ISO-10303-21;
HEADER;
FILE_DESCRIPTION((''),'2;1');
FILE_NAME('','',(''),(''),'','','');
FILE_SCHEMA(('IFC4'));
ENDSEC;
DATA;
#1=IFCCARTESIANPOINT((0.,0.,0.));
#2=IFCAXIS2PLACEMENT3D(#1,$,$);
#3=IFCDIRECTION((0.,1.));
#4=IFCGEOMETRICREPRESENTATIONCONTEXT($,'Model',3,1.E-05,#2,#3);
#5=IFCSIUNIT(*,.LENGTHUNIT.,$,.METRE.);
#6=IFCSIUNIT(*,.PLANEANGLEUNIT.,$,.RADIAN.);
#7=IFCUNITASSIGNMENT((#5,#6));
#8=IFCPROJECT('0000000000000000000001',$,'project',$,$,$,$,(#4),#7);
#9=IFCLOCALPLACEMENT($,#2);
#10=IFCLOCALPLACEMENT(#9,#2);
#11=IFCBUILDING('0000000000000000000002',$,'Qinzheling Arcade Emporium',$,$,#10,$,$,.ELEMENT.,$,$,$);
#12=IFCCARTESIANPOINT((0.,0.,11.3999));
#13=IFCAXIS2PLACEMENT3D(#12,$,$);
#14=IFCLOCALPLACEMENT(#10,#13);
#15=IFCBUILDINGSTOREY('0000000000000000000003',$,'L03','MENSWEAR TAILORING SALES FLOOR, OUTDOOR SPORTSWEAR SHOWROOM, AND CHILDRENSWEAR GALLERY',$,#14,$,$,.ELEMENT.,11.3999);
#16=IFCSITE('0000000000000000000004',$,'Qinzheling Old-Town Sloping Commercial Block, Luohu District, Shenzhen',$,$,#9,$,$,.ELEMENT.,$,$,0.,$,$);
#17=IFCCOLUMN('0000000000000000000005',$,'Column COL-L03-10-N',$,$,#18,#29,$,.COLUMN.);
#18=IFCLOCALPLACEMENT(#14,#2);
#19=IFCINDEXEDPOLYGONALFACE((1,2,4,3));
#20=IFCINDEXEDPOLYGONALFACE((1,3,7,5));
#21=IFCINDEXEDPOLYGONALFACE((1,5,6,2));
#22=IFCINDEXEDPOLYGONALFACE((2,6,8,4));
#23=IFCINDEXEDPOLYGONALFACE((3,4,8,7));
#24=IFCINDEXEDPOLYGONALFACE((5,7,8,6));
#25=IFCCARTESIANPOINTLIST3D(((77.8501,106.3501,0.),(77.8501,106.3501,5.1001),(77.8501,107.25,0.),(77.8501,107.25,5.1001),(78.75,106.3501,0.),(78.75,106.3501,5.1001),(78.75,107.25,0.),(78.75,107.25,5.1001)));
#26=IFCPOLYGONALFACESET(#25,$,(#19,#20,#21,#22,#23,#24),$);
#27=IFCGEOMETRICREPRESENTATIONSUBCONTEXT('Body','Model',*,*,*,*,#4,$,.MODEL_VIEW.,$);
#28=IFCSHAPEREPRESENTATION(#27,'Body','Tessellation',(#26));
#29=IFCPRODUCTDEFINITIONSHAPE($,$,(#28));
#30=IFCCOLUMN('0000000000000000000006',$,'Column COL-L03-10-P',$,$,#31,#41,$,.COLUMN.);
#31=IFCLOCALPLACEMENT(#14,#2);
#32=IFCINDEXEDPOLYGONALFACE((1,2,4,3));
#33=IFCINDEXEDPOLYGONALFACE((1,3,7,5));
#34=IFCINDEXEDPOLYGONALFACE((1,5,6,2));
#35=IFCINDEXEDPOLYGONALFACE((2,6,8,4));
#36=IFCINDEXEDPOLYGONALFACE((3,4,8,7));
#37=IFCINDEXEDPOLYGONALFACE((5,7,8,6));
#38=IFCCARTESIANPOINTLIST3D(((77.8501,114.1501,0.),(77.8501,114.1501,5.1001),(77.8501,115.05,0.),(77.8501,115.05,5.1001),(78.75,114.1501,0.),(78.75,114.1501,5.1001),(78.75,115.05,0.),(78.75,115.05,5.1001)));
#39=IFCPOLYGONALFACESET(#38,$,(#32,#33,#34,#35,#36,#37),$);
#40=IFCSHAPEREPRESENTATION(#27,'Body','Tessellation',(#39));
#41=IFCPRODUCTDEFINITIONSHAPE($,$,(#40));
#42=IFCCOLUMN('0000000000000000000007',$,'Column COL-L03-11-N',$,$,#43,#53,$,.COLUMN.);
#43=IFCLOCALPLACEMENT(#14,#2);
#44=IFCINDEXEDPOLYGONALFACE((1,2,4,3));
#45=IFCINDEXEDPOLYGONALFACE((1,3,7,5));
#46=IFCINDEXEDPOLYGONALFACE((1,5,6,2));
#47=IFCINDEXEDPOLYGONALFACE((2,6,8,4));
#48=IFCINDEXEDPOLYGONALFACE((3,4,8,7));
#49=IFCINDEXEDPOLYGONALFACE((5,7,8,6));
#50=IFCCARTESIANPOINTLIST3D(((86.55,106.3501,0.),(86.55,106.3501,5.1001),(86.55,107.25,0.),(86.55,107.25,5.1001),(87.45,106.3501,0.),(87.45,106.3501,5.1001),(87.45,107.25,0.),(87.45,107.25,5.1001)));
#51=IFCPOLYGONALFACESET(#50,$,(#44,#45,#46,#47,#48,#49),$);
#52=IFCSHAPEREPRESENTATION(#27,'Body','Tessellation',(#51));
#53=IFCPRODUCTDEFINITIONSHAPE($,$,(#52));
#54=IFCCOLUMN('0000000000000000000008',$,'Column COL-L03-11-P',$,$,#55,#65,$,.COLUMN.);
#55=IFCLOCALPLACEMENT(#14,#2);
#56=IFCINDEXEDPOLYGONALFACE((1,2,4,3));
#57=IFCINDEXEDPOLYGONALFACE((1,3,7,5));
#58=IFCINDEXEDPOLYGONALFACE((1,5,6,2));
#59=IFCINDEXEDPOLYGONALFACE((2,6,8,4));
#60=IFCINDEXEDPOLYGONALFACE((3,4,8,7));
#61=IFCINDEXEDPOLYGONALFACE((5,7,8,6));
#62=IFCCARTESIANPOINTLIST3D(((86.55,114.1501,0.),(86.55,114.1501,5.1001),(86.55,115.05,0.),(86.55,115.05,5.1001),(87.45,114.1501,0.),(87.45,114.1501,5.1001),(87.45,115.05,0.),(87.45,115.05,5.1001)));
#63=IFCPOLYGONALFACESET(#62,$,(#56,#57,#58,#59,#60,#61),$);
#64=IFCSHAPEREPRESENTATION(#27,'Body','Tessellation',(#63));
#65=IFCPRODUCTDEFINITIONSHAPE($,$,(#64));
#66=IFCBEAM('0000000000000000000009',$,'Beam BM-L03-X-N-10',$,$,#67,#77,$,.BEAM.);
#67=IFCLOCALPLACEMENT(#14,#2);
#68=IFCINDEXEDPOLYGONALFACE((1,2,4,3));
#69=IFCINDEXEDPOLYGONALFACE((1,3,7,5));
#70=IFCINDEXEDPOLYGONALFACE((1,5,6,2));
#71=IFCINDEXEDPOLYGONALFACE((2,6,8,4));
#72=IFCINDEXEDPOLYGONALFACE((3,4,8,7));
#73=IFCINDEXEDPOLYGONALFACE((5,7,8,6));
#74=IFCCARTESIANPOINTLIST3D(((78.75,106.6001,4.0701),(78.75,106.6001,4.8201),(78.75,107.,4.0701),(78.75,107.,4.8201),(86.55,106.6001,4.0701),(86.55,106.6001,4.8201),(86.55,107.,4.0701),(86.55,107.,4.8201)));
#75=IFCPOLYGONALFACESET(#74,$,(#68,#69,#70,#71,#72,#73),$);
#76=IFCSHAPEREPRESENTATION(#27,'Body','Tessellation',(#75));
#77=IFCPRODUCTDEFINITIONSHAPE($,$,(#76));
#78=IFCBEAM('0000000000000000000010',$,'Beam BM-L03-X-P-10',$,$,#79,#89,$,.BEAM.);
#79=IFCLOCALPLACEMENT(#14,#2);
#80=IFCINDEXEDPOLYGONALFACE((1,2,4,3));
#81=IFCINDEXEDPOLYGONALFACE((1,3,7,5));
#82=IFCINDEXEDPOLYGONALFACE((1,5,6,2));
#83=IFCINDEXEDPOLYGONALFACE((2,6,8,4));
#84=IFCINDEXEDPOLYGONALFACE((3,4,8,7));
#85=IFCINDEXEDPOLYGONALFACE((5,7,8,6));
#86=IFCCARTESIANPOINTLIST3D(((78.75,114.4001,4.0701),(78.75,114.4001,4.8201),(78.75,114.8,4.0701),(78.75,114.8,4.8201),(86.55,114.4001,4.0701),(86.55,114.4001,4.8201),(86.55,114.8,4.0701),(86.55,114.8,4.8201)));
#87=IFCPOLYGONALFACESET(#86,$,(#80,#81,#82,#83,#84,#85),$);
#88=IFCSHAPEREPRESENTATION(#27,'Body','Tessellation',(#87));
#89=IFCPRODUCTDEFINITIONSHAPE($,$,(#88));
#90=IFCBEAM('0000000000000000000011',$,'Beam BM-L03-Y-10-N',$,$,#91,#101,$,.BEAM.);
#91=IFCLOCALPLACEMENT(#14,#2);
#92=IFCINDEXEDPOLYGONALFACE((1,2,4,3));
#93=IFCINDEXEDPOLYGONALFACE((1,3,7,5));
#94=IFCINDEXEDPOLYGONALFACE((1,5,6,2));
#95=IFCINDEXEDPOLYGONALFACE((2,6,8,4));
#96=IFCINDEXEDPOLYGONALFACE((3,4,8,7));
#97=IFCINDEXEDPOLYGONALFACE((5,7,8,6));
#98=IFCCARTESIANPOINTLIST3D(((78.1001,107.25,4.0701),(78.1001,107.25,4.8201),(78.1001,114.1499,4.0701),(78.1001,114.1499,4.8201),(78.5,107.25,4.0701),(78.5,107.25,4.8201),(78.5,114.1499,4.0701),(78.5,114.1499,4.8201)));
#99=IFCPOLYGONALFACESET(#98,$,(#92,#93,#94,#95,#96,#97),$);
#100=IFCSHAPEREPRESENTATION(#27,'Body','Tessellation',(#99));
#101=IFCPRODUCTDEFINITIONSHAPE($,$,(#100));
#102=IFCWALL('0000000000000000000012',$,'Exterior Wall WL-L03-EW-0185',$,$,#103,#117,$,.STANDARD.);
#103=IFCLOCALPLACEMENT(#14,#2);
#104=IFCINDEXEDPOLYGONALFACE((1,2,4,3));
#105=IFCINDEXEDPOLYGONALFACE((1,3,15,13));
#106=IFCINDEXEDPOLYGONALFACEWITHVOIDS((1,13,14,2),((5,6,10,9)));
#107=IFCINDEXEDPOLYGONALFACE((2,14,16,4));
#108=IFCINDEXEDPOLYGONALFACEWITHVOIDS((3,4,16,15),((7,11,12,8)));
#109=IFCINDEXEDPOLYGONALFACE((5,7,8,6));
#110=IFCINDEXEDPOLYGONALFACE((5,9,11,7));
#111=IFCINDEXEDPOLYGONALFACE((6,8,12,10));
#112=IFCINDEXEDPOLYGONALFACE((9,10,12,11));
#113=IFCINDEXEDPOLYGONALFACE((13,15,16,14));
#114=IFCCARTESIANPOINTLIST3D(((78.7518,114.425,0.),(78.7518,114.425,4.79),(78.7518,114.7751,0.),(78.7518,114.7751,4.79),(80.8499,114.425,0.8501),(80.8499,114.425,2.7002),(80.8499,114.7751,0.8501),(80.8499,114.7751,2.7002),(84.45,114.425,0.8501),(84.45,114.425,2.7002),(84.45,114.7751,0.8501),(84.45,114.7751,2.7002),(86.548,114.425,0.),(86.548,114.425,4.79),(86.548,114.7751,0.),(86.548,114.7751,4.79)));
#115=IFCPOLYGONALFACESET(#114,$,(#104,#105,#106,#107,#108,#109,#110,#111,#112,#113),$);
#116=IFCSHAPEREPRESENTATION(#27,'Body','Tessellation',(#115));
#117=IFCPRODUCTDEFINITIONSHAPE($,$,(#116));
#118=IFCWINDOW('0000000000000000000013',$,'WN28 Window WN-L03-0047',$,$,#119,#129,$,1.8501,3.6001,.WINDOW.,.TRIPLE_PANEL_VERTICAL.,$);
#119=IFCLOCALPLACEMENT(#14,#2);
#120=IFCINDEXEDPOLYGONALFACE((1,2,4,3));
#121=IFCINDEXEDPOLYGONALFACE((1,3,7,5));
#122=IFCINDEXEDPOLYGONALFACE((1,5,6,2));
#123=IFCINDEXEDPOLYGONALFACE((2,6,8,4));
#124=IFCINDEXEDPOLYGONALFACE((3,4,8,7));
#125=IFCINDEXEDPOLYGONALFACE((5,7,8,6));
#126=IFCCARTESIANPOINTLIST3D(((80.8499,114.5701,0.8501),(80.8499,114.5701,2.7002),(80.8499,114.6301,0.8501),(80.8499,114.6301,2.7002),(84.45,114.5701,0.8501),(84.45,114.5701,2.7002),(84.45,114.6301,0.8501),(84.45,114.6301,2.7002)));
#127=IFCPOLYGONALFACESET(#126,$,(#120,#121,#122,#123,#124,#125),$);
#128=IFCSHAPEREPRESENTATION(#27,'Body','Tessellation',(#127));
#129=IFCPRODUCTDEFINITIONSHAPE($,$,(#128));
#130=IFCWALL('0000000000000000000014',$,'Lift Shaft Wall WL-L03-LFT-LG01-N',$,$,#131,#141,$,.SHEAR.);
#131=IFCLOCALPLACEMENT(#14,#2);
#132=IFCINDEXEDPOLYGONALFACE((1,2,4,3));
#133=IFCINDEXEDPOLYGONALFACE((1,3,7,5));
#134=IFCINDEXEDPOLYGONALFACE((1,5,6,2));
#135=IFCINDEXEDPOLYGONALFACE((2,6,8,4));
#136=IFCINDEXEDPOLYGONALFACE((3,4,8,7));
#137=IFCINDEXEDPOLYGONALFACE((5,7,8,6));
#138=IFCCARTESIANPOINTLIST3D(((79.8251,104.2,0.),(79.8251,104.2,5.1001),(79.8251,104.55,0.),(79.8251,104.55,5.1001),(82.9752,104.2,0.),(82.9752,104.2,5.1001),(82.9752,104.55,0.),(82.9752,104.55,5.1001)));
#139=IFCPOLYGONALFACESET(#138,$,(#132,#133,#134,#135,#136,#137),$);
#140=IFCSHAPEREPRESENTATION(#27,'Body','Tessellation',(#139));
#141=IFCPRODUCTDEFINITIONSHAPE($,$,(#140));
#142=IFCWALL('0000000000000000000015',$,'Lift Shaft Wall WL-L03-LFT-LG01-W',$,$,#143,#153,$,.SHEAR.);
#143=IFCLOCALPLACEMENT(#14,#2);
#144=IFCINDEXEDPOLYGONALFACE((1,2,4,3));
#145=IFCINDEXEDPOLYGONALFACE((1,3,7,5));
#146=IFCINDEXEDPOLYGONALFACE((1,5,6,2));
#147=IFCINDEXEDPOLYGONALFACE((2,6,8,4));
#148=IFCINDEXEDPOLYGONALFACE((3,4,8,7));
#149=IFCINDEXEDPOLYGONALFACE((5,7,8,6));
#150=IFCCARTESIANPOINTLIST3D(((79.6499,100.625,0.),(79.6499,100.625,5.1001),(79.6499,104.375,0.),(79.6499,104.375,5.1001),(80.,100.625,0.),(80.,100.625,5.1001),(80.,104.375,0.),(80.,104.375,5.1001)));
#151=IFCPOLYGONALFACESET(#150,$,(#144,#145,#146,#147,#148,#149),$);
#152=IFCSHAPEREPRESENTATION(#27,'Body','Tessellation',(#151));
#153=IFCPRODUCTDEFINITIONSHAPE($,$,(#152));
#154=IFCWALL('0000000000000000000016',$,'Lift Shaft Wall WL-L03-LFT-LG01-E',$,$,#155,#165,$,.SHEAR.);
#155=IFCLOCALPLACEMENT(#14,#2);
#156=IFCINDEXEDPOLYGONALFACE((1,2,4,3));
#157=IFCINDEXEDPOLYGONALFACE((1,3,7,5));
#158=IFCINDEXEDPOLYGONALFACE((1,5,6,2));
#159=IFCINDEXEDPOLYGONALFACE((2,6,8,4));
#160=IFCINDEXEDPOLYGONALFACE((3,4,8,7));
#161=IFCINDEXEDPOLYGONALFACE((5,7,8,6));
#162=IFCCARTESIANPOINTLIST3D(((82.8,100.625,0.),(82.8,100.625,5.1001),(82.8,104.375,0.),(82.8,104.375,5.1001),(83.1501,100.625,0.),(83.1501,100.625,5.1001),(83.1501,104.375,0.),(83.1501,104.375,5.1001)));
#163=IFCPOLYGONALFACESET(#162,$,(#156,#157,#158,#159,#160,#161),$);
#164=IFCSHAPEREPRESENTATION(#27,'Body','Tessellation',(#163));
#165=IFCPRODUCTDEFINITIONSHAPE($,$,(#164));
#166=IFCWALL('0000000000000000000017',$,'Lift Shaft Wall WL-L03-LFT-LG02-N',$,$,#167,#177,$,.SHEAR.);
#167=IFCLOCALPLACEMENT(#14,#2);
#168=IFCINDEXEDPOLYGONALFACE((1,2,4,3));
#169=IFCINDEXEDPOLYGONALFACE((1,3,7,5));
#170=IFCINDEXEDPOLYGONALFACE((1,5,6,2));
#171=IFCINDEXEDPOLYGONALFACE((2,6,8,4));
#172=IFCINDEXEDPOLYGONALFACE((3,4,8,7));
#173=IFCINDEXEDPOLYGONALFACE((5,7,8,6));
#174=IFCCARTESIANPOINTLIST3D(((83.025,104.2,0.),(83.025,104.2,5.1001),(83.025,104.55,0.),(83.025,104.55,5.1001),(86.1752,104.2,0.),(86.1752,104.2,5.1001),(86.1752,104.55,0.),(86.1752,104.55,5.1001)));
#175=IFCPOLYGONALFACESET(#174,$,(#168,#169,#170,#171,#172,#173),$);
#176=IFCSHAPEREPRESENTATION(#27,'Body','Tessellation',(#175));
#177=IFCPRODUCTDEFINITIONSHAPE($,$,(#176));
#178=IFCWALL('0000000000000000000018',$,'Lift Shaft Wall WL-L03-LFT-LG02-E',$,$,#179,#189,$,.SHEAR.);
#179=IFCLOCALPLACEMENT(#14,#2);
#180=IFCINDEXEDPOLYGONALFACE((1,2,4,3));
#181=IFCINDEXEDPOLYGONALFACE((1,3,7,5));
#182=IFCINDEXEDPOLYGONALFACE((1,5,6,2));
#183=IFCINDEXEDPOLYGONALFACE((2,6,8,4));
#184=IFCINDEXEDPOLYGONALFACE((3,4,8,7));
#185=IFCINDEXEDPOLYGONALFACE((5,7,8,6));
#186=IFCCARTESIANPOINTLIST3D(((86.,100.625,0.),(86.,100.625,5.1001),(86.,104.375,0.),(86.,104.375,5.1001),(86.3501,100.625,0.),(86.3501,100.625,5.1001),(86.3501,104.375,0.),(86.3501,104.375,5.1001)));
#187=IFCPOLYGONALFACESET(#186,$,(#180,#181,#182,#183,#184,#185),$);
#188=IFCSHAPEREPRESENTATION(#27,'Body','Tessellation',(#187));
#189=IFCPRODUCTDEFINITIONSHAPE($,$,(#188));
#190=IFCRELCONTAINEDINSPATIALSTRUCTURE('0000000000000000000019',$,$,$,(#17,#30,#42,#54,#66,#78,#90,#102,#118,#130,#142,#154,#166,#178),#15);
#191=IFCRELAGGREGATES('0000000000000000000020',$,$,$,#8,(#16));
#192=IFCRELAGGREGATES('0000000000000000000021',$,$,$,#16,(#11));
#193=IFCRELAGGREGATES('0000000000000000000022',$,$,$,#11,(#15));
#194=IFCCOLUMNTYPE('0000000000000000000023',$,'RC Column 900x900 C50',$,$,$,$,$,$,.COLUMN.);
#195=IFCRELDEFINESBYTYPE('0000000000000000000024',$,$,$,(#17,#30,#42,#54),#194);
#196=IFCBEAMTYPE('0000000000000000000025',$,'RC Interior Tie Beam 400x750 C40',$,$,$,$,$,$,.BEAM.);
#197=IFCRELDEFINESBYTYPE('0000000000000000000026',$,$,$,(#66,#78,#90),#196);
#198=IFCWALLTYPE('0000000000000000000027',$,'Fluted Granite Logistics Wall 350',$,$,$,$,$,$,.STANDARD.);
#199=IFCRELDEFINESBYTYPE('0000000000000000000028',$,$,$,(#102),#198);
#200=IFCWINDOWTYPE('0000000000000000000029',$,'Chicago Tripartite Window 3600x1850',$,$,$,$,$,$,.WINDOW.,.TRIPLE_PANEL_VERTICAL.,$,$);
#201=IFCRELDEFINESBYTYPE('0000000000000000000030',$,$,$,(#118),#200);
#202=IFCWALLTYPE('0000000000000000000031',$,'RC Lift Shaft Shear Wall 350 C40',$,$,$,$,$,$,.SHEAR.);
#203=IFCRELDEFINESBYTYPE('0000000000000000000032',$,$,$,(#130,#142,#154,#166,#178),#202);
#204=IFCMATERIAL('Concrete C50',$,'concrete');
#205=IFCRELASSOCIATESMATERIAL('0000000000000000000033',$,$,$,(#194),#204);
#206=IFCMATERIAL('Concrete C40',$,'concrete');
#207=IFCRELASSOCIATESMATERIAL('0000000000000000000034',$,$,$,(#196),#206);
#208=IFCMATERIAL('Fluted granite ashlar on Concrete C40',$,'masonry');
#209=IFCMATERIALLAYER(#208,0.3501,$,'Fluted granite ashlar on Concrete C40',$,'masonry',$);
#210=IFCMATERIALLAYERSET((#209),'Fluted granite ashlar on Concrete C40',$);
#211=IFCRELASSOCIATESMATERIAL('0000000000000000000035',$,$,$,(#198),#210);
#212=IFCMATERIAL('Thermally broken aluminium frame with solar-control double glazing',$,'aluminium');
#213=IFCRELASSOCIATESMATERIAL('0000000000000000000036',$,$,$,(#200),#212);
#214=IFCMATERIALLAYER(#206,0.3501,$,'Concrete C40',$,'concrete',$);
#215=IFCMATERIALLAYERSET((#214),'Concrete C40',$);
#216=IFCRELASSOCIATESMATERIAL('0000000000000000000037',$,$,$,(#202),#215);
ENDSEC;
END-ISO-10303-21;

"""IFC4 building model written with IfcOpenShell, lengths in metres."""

from ifc_helpers import new_model, si_unit, direction, frame, frame_2d, origin, origin_2d, place, context, subcontext, project, spatial, rectangle, extrude, material, layer, layer_set, material_profile, profile_set, type_object, element, fill, save


model = new_model("IFC4")

# Units and contexts
model_context = context("Model", 3, precision=1e-05, world=origin(), true_north=direction((0.0, 1.0)))
body_context = subcontext(model_context, "Body", "Model", "MODEL_VIEW")
ifc_project = project(units=[si_unit("LENGTHUNIT", "METRE"), si_unit("PLANEANGLEUNIT", "RADIAN")], contexts=[model_context])

# Site, building, storey
site_placement = place(None, origin())
site = spatial("IfcSite", under=ifc_project, at=site_placement, Name="Qinzheling Old-Town Sloping Commercial Block, Luohu District, Shenzhen", CompositionType="ELEMENT", RefElevation=0.0)
building_placement = place(site_placement, origin())
building = spatial("IfcBuilding", under=site, at=building_placement, Name="Qinzheling Arcade Emporium", CompositionType="ELEMENT")
storey_placement = place(building_placement, frame((0.0, 0.0, 11.3999)))
storey = spatial("IfcBuildingStorey", under=building, at=storey_placement, Name="L03", Description="MENSWEAR TAILORING SALES FLOOR, OUTDOOR SPORTSWEAR SHOWROOM, AND CHILDRENSWEAR GALLERY", CompositionType="ELEMENT", Elevation=11.3999)

# Columns
ifc_material_1 = material(Name="Concrete C50", Category="concrete")
ifc_material_profile_1 = material_profile(ifc_material_1, rectangle(XDim=0.8999, YDim=0.8999, at=origin_2d()), Name="RC 900x900", Category="concrete")
ifc_profile_set_1 = profile_set([ifc_material_profile_1], Name="Concrete C50")
column_type = type_object("IfcColumnType", Name="RC Column 900x900 C50", PredefinedType="COLUMN", material=ifc_profile_set_1)
for number, where, z_axis, x_axis, name in (
    (1, (78.3, 106.8, 0.0), (0.0, 0.0, 1.0), (1.0, 0.0, 0.0), "Column COL-L03-10-N"),
    (2, (78.3, 114.6001, 0.0), (0.0, 0.0, 1.0), (1.0, 0.0, 0.0), "Column COL-L03-10-P"),
    (3, (87.0, 106.8, 0.0), (0.0, 0.0, 1.0), (1.0, 0.0, 0.0), "Column COL-L03-11-N"),
    (4, (87.0, 114.6001, 0.0), (0.0, 0.0, 1.0), (1.0, 0.0, 0.0), "Column COL-L03-11-P"),
):
    element("IfcColumn", number, at=place(storey_placement, frame(where, z_axis=z_axis, x_axis=x_axis)), inside=storey, type_object=column_type, Name=name, PredefinedType="COLUMN", context=body_context, shape_type="SweptSolid", body=[
        extrude(rectangle(XDim=0.8999, YDim=0.8999, at=origin_2d()), origin(), (0.0, 0.0, 1.0), 5.1001),
    ])

# Beams
ifc_material_2 = material(Name="Concrete C40", Category="concrete")
ifc_material_profile_2 = material_profile(ifc_material_2, rectangle(XDim=0.3999, YDim=0.75, at=origin_2d()), Name="RC 400x750", Category="concrete")
ifc_profile_set_2 = profile_set([ifc_material_profile_2], Name="Concrete C40")
beam_type = type_object("IfcBeamType", Name="RC Interior Tie Beam 400x750 C40", PredefinedType="BEAM", material=ifc_profile_set_2)
for number, where, z_axis, x_axis, name in (
    (5, (78.75, 106.8, 4.4451), (1.0, 0.0, 0.0), (0.0, 1.0, 0.0), "Beam BM-L03-X-N-10"),
    (6, (78.75, 114.6001, 4.4451), (1.0, 0.0, 0.0), (0.0, 1.0, 0.0), "Beam BM-L03-X-P-10"),
):
    element("IfcBeam", number, at=place(storey_placement, frame(where, z_axis=z_axis, x_axis=x_axis)), inside=storey, type_object=beam_type, Name=name, PredefinedType="BEAM", context=body_context, shape_type="SweptSolid", body=[
        extrude(rectangle(XDim=0.3999, YDim=0.75, at=origin_2d()), origin(), (0.0, 0.0, 1.0), 7.8),
    ])
beam_placement = place(storey_placement, frame((78.3, 107.25, 4.4451), z_axis=(0.0, 1.0, 0.0), x_axis=(-1.0, 0.0, 0.0)))
element("IfcBeam", 7, at=beam_placement, inside=storey, type_object=beam_type, Name="Beam BM-L03-Y-10-N", PredefinedType="BEAM", context=body_context, shape_type="SweptSolid", body=[
    extrude(rectangle(XDim=0.3999, YDim=0.75, at=origin_2d()), origin(), (0.0, 0.0, 1.0), 6.8999),
])

# Wall, opening, window
ifc_material_3 = material(Name="Fluted granite ashlar on Concrete C40", Category="masonry")
ifc_layer_1 = layer(ifc_material_3, 0.3501, Name="Fluted granite ashlar on Concrete C40", Category="masonry")
ifc_layer_set_1 = layer_set([ifc_layer_1], Name="Fluted granite ashlar on Concrete C40")
wall_type_1 = type_object("IfcWallType", Name="Fluted Granite Logistics Wall 350", PredefinedType="STANDARD", material=ifc_layer_set_1)
wall_1_placement = place(storey_placement, frame((78.752, 114.6001, 0.0), z_axis=(0.0, 0.0, 1.0), x_axis=(1.0, 0.0, 0.0)))
wall_1 = element("IfcWall", 8, at=wall_1_placement, inside=storey, type_object=wall_type_1, Name="Exterior Wall WL-L03-EW-0185", PredefinedType="STANDARD", context=body_context, shape_type="SweptSolid", body=[
    extrude(rectangle(XDim=7.7961, YDim=0.3501, at=frame_2d((3.8979, 0.0))), origin(), (0.0, 0.0, 1.0), 4.79),
])
opening_1_placement = place(wall_1_placement, frame((2.0979, 0.0, 0.8501)))
opening_1 = element("IfcOpeningElement", 9, at=opening_1_placement, cuts=wall_1, PredefinedType="OPENING", context=body_context, shape_type="SweptSolid", body=[
    extrude(rectangle(XDim=3.6001, YDim=1.8501, at=frame_2d((1.8, 0.925))), frame((0.0, 0.1851, 0.0), z_axis=(0.0, -1.0, 0.0), x_axis=(1.0, 0.0, 0.0)), (0.0, 0.0, 1.0), 0.3701),
])
ifc_material_4 = material(Name="Thermally broken aluminium frame with solar-control double glazing", Category="aluminium")
window_type = type_object("IfcWindowType", Name="Chicago Tripartite Window 3600x1850", PartitioningType="TRIPLE_PANEL_VERTICAL", PredefinedType="WINDOW", material=ifc_material_4)
window_placement = place(opening_1_placement, origin())
window = element("IfcWindow", 10, at=window_placement, inside=storey, type_object=window_type, Name="WN28 Window WN-L03-0047", OverallHeight=1.8501, OverallWidth=3.6001, PartitioningType="TRIPLE_PANEL_VERTICAL", PredefinedType="WINDOW", context=body_context, shape_type="SweptSolid", body=[
    extrude(rectangle(XDim=3.6001, YDim=1.8501, at=frame_2d((1.8, 0.925))), frame((0.0, 0.03, 0.0), z_axis=(0.0, -1.0, 0.0), x_axis=(1.0, 0.0, 0.0)), (0.0, 0.0, 1.0), 0.0601),
])
fill(opening_1, window)

# Wall
ifc_layer_2 = layer(ifc_material_2, 0.3501, Name="Concrete C40", Category="concrete")
ifc_layer_set_2 = layer_set([ifc_layer_2], Name="Concrete C40")
wall_type_2 = type_object("IfcWallType", Name="RC Lift Shaft Shear Wall 350 C40", PredefinedType="SHEAR", material=ifc_layer_set_2)
wall_2_placement = place(storey_placement, frame((79.825, 104.375, 0.0), z_axis=(0.0, 0.0, 1.0), x_axis=(1.0, 0.0, 0.0)))
element("IfcWall", 11, at=wall_2_placement, inside=storey, type_object=wall_type_2, Name="Lift Shaft Wall WL-L03-LFT-LG01-N", PredefinedType="SHEAR", context=body_context, shape_type="SweptSolid", body=[
    extrude(rectangle(XDim=3.1501, YDim=0.3501, at=frame_2d((1.5752, 0.0))), origin(), (0.0, 0.0, 1.0), 5.1001),
])

# Walls
for number, where, z_axis, x_axis, name in (
    (12, (79.825, 100.625, 0.0), (0.0, 0.0, 1.0), (0.0, 1.0, 0.0), "Lift Shaft Wall WL-L03-LFT-LG01-W"),
    (13, (82.9751, 104.375, 0.0), (0.0, 0.0, 1.0), (0.0, -1.0, 0.0), "Lift Shaft Wall WL-L03-LFT-LG01-E"),
):
    element("IfcWall", number, at=place(storey_placement, frame(where, z_axis=z_axis, x_axis=x_axis)), inside=storey, type_object=wall_type_2, Name=name, PredefinedType="SHEAR", context=body_context, shape_type="SweptSolid", body=[
        extrude(rectangle(XDim=3.75, YDim=0.3501, at=frame_2d((1.875, 0.0))), origin(), (0.0, 0.0, 1.0), 5.1001),
    ])
wall_3_placement = place(storey_placement, frame((83.0249, 104.375, 0.0), z_axis=(0.0, 0.0, 1.0), x_axis=(1.0, 0.0, 0.0)))
element("IfcWall", 14, at=wall_3_placement, inside=storey, type_object=wall_type_2, Name="Lift Shaft Wall WL-L03-LFT-LG02-N", PredefinedType="SHEAR", context=body_context, shape_type="SweptSolid", body=[
    extrude(rectangle(XDim=3.1501, YDim=0.3501, at=frame_2d((1.5752, 0.0))), origin(), (0.0, 0.0, 1.0), 5.1001),
])

# Wall
wall_4_placement = place(storey_placement, frame((86.175, 104.375, 0.0), z_axis=(0.0, 0.0, 1.0), x_axis=(0.0, -1.0, 0.0)))
element("IfcWall", 15, at=wall_4_placement, inside=storey, type_object=wall_type_2, Name="Lift Shaft Wall WL-L03-LFT-LG02-E", PredefinedType="SHEAR", context=body_context, shape_type="SweptSolid", body=[
    extrude(rectangle(XDim=3.75, YDim=0.3501, at=frame_2d((1.875, 0.0))), origin(), (0.0, 0.0, 1.0), 5.1001),
])

save(model, "model.ifc")
